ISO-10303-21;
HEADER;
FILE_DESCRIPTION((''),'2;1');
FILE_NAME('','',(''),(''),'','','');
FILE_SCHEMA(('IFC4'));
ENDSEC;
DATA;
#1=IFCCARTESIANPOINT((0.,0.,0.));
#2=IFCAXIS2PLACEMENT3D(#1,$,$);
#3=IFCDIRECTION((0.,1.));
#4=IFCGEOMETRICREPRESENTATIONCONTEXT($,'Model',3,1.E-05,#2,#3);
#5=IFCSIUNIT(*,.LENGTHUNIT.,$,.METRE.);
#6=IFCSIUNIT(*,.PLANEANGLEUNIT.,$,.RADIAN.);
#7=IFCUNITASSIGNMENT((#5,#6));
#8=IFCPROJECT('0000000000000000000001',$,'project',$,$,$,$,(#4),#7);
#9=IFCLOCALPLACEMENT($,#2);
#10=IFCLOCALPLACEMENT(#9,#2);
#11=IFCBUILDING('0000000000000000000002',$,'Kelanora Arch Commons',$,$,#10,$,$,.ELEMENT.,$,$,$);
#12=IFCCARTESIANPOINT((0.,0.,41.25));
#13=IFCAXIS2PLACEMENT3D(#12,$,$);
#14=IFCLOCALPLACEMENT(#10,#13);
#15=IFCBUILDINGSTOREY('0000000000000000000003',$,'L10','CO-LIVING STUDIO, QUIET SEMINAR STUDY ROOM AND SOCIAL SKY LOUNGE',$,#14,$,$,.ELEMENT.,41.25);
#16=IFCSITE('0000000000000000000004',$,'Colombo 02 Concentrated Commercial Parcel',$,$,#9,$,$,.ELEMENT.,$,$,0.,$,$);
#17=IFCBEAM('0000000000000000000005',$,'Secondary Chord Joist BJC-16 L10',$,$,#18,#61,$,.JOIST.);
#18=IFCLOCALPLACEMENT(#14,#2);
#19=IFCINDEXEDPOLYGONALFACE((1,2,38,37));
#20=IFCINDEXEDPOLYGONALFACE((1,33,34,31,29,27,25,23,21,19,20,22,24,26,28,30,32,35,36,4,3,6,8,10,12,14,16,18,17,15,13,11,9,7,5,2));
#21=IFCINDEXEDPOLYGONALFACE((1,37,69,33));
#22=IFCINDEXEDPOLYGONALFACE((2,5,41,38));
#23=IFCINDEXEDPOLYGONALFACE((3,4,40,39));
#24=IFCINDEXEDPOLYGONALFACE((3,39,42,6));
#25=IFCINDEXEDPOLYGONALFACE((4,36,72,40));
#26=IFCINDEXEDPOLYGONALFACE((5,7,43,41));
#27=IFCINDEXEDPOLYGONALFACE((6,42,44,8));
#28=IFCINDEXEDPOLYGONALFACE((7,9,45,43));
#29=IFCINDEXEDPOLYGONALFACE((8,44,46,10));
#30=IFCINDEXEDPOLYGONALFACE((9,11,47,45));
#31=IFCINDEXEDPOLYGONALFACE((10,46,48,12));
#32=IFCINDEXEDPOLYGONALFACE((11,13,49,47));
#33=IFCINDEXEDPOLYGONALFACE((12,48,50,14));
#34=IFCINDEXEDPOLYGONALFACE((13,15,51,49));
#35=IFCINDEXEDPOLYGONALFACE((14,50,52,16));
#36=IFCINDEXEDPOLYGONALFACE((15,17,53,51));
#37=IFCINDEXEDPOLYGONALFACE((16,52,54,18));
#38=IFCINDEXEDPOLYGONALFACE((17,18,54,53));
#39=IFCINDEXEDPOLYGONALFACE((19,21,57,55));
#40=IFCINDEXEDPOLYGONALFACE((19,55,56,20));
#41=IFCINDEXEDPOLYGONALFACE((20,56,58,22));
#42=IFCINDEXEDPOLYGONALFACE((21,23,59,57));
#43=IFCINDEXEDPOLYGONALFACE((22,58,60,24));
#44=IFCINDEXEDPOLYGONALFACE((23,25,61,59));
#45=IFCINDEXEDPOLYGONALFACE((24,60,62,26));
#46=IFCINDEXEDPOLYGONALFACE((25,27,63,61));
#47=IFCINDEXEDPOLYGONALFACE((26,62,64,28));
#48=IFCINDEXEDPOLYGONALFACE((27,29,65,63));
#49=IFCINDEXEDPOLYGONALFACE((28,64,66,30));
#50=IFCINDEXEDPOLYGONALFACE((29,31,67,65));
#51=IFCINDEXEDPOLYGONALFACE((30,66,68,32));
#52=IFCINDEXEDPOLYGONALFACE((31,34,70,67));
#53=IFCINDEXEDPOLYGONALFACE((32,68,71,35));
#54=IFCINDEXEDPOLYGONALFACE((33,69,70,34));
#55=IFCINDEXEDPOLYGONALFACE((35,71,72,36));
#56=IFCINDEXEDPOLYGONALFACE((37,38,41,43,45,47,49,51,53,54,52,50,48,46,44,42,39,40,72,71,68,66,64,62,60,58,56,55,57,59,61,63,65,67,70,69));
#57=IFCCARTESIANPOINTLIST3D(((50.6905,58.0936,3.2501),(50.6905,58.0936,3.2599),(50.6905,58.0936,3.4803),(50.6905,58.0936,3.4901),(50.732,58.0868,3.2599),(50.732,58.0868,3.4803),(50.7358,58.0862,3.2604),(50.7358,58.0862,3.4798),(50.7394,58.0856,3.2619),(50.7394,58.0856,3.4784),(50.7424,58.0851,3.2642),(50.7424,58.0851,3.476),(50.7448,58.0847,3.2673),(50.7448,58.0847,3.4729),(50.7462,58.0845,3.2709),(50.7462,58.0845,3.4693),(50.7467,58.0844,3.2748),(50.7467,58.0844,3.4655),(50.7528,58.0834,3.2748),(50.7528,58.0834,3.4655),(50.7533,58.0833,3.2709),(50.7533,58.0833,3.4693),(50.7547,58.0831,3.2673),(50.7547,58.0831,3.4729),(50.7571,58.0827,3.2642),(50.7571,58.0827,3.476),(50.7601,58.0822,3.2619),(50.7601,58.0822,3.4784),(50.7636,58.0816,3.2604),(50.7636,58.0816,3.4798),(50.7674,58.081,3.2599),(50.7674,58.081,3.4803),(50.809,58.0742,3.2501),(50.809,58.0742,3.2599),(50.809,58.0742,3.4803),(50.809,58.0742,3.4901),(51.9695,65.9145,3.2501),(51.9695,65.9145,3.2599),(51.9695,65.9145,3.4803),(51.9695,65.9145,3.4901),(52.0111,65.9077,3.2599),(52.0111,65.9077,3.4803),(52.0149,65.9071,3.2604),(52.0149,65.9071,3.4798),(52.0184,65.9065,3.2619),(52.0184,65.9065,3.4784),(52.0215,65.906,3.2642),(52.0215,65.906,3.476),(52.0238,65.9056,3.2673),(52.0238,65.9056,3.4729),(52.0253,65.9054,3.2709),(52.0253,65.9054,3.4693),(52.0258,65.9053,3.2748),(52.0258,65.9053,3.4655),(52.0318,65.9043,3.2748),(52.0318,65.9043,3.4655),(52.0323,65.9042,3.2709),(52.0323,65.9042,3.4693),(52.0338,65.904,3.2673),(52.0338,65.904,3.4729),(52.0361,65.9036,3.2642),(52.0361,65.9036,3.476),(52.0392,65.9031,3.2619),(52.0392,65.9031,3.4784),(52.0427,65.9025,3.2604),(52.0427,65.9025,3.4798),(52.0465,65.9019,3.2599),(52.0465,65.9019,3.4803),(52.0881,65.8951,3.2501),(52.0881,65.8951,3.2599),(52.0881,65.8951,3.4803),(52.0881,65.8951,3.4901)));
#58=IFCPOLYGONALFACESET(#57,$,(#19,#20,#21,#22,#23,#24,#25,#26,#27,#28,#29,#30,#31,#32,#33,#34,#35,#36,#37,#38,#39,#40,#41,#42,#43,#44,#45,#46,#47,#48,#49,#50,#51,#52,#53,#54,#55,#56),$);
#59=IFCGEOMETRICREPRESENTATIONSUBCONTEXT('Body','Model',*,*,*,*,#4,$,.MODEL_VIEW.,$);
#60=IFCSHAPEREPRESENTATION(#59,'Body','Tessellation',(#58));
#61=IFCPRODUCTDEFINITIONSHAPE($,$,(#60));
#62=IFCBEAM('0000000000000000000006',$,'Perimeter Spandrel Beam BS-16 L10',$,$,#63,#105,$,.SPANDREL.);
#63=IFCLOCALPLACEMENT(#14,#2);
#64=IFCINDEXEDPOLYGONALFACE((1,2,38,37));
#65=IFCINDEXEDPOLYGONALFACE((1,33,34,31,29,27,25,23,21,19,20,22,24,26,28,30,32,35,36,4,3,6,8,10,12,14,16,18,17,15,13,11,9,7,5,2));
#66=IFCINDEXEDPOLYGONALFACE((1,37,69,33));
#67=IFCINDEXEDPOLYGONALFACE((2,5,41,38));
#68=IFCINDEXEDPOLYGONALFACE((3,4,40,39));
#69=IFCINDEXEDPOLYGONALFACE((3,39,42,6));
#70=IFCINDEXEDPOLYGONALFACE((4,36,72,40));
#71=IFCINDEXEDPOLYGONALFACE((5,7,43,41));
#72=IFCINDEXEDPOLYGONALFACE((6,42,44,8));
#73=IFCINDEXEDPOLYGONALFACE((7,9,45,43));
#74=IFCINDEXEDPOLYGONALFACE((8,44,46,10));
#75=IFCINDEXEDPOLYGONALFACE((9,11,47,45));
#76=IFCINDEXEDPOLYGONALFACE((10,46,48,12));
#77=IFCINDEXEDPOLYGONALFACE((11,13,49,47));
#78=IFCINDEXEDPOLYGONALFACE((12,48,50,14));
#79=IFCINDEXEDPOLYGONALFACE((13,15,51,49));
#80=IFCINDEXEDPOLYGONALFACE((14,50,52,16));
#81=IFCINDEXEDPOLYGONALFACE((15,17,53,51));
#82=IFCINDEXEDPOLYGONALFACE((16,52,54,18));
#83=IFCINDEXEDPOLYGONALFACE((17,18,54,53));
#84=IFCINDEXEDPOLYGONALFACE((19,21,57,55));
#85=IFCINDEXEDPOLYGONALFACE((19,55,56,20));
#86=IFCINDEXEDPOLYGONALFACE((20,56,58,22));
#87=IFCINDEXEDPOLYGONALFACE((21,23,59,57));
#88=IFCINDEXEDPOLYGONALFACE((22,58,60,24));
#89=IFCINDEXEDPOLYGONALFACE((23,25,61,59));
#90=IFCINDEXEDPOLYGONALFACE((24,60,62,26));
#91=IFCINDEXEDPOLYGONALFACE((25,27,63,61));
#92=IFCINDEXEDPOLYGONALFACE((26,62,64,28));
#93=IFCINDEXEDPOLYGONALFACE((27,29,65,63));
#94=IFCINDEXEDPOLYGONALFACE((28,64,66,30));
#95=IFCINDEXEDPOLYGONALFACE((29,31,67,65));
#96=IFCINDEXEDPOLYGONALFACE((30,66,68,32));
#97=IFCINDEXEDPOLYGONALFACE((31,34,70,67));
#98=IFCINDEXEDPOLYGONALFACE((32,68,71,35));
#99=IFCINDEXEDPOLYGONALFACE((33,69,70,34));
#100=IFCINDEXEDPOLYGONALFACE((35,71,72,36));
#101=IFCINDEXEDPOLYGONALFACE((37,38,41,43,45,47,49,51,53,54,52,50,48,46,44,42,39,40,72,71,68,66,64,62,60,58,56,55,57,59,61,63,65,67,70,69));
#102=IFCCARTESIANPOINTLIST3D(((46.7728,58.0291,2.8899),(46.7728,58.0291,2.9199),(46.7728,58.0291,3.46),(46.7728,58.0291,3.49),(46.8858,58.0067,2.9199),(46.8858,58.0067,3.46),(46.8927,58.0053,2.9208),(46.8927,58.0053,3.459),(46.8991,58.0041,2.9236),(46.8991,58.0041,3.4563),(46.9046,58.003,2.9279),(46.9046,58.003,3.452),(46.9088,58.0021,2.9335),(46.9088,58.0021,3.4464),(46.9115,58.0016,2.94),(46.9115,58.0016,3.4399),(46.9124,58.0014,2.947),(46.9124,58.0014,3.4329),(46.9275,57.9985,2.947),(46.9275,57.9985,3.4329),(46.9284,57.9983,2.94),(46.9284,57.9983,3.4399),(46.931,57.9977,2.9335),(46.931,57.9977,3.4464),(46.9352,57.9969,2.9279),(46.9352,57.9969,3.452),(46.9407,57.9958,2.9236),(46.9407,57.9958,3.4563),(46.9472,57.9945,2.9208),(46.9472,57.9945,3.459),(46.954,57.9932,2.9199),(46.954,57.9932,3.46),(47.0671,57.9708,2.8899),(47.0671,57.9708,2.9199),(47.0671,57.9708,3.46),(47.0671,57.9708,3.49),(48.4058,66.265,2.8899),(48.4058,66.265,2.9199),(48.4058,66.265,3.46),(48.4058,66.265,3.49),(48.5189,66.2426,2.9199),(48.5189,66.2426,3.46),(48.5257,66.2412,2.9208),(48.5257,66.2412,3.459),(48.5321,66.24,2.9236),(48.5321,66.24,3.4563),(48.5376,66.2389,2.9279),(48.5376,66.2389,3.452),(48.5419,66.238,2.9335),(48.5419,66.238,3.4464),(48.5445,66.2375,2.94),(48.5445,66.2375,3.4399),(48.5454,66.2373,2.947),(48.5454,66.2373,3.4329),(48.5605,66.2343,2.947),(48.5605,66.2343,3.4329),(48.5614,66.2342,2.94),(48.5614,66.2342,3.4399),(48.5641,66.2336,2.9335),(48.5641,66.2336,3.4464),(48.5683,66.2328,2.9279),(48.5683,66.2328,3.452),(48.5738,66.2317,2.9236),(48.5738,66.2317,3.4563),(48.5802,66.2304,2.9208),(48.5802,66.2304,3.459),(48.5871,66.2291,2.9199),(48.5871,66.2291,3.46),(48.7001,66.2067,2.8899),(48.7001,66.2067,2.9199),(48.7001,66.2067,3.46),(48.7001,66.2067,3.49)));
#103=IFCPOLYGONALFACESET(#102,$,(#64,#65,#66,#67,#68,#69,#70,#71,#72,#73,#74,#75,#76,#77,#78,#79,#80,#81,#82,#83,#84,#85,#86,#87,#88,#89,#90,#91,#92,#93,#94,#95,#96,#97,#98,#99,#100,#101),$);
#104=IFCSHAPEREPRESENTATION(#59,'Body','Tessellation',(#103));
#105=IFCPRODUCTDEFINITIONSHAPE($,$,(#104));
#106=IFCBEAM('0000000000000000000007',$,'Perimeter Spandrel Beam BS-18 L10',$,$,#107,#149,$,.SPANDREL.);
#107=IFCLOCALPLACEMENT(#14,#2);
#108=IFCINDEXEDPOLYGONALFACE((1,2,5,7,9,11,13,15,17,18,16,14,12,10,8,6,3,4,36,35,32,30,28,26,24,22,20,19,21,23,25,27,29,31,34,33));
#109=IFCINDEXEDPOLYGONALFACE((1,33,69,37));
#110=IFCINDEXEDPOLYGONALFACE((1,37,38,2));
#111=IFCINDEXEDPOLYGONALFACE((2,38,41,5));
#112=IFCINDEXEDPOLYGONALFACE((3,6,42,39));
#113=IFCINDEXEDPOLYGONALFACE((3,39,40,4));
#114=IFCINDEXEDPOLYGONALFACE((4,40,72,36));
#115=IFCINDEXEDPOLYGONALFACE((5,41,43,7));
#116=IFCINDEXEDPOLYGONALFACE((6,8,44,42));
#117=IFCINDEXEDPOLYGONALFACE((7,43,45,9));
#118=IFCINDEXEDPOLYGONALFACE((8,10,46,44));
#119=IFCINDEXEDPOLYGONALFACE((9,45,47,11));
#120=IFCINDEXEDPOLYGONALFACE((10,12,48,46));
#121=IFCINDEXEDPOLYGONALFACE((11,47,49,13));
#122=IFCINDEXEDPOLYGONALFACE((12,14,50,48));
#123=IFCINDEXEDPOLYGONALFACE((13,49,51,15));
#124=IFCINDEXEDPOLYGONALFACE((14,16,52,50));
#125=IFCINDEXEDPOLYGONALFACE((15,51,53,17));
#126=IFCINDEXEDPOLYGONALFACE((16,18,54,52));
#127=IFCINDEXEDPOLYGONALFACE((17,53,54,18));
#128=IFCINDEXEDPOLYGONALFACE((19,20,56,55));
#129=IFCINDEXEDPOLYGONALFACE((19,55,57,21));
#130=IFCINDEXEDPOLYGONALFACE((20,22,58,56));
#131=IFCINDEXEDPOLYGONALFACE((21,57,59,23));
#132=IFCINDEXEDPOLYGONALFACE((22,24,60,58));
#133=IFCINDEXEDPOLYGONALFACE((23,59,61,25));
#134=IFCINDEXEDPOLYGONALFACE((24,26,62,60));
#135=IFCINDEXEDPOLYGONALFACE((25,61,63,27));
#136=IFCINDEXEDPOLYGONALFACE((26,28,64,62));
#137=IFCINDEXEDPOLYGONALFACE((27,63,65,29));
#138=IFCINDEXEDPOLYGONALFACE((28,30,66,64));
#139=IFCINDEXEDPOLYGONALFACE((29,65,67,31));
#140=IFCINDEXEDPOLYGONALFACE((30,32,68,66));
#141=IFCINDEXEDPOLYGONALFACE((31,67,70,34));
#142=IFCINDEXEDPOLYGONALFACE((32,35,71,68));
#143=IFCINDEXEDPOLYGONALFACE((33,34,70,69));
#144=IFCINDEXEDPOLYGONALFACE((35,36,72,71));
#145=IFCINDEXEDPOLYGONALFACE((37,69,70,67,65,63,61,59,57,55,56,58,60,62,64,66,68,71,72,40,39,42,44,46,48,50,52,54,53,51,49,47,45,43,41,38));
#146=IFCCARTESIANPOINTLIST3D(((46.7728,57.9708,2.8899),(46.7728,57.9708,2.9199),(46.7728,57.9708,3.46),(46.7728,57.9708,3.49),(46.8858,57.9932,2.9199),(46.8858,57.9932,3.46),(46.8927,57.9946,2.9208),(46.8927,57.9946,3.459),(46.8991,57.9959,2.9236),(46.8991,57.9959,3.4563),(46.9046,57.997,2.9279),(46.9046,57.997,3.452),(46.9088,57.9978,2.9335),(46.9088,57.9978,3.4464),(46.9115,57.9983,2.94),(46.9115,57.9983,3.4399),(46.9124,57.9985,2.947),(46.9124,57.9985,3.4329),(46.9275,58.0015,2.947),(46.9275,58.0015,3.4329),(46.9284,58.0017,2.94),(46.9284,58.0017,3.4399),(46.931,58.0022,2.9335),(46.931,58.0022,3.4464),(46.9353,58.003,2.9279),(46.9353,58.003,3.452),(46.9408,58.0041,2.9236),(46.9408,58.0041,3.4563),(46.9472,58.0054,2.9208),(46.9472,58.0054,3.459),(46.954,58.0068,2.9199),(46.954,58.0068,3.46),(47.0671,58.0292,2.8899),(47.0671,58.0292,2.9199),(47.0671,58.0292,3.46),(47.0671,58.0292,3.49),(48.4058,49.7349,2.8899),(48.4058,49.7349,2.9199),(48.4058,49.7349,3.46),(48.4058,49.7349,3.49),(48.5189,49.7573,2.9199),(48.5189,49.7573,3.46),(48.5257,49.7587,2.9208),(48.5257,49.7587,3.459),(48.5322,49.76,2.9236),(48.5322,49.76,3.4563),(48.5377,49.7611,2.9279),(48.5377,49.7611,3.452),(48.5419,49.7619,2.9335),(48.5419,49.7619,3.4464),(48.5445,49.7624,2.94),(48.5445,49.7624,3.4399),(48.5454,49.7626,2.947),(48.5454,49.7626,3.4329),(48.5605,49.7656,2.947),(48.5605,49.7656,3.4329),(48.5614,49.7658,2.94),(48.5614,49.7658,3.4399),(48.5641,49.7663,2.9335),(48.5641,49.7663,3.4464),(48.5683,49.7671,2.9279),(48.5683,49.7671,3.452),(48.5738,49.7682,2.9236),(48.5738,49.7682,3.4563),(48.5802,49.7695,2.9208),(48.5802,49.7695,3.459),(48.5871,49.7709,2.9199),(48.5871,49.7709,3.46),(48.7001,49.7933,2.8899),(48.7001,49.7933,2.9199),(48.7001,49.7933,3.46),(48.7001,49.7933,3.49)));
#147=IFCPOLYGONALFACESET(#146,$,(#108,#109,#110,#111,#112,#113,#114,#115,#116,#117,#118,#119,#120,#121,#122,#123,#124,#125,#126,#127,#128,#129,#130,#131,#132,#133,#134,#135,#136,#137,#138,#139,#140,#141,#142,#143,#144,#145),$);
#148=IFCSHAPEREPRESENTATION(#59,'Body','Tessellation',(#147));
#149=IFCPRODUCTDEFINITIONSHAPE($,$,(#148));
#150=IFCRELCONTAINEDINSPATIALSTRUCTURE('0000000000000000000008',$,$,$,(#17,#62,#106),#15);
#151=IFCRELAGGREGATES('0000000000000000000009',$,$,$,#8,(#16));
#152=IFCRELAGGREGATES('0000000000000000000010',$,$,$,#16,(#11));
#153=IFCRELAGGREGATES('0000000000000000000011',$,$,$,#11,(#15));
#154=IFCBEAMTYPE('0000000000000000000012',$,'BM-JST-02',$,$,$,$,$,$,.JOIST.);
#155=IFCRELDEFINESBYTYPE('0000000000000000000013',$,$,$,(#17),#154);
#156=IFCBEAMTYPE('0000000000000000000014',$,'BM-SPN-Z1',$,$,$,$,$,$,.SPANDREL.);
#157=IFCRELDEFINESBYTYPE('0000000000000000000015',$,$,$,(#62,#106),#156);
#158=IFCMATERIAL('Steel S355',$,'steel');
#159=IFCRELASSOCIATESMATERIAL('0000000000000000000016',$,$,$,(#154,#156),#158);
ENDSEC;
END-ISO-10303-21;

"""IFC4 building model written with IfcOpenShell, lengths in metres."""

from ifc_helpers import new_model, si_unit, direction, frame, origin, origin_2d, place, context, subcontext, project, spatial, i_section, extrude, material, material_profile, profile_set, type_object, element, save


model = new_model("IFC4")

# Units and contexts
model_context = context("Model", 3, precision=1e-05, world=origin(), true_north=direction((0.0, 1.0)))
body_context = subcontext(model_context, "Body", "Model", "MODEL_VIEW")
ifc_project = project(units=[si_unit("LENGTHUNIT", "METRE"), si_unit("PLANEANGLEUNIT", "RADIAN")], contexts=[model_context])

# Site, building, storey
site_placement = place(None, origin())
site = spatial("IfcSite", under=ifc_project, at=site_placement, Name="Colombo 02 Concentrated Commercial Parcel", CompositionType="ELEMENT", RefElevation=0.0)
building_placement = place(site_placement, origin())
building = spatial("IfcBuilding", under=site, at=building_placement, Name="Kelanora Arch Commons", CompositionType="ELEMENT")
storey_placement = place(building_placement, frame((0.0, 0.0, 41.25)))
storey = spatial("IfcBuildingStorey", under=building, at=storey_placement, Name="L10", Description="CO-LIVING STUDIO, QUIET SEMINAR STUDY ROOM AND SOCIAL SKY LOUNGE", CompositionType="ELEMENT", Elevation=41.25)

# Beams
ifc_material_1 = material(Name="Steel S355", Category="steel")
ifc_material_profile_1 = material_profile(ifc_material_1, i_section(OverallWidth=0.1201, OverallDepth=0.24, WebThickness=0.0061, FlangeThickness=0.0098, FilletRadius=0.0149, at=origin_2d()), Name="IPE240")
ifc_profile_set_1 = profile_set([ifc_material_profile_1], Name="Steel S355")
beam_type_1 = type_object("IfcBeamType", Name="BM-JST-02", PredefinedType="JOIST", material=ifc_profile_set_1)
beam_1_placement = place(storey_placement, frame((52.0288, 65.9048, 3.3701), z_axis=(-0.161401, -0.986889, 0.0), x_axis=(0.986889, -0.161401, 0.0)))
element("IfcBeam", 1, at=beam_1_placement, inside=storey, type_object=beam_type_1, Name="Secondary Chord Joist BJC-16 L10", PredefinedType="JOIST", context=body_context, shape_type="SweptSolid", body=[
    extrude(i_section(OverallWidth=0.1201, OverallDepth=0.24, WebThickness=0.0061, FlangeThickness=0.0098, FilletRadius=0.0149, at=origin_2d()), origin(), (0.0, 0.0, 1.0), 7.9248),
])
ifc_material_profile_2 = material_profile(ifc_material_1, i_section(OverallWidth=0.3, OverallDepth=0.6001, WebThickness=0.0154, FlangeThickness=0.03, FilletRadius=0.0271, at=origin_2d()), Name="HEB600")
ifc_profile_set_2 = profile_set([ifc_material_profile_2], Name="Steel S355")
beam_type_2 = type_object("IfcBeamType", Name="BM-SPN-Z1", PredefinedType="SPANDREL", material=ifc_profile_set_2)
for number, where, z_axis, x_axis, name in (
    (2, (48.553, 66.2358, 3.1899), (-0.1945, -0.980903, 0.0), (0.980903, -0.1945, 0.0), "Perimeter Spandrel Beam BS-16 L10"),
    (3, (46.9199, 58.0, 3.1899), (0.1945, -0.980903, 0.0), (0.980903, 0.1945, 0.0), "Perimeter Spandrel Beam BS-18 L10"),
):
    element("IfcBeam", number, at=place(storey_placement, frame(where, z_axis=z_axis, x_axis=x_axis)), inside=storey, type_object=beam_type_2, Name=name, PredefinedType="SPANDREL", context=body_context, shape_type="SweptSolid", body=[
        extrude(i_section(OverallWidth=0.3, OverallDepth=0.6001, WebThickness=0.0154, FlangeThickness=0.03, FilletRadius=0.0271, at=origin_2d()), origin(), (0.0, 0.0, 1.0), 8.3962),
    ])

save(model, "model.ifc")
